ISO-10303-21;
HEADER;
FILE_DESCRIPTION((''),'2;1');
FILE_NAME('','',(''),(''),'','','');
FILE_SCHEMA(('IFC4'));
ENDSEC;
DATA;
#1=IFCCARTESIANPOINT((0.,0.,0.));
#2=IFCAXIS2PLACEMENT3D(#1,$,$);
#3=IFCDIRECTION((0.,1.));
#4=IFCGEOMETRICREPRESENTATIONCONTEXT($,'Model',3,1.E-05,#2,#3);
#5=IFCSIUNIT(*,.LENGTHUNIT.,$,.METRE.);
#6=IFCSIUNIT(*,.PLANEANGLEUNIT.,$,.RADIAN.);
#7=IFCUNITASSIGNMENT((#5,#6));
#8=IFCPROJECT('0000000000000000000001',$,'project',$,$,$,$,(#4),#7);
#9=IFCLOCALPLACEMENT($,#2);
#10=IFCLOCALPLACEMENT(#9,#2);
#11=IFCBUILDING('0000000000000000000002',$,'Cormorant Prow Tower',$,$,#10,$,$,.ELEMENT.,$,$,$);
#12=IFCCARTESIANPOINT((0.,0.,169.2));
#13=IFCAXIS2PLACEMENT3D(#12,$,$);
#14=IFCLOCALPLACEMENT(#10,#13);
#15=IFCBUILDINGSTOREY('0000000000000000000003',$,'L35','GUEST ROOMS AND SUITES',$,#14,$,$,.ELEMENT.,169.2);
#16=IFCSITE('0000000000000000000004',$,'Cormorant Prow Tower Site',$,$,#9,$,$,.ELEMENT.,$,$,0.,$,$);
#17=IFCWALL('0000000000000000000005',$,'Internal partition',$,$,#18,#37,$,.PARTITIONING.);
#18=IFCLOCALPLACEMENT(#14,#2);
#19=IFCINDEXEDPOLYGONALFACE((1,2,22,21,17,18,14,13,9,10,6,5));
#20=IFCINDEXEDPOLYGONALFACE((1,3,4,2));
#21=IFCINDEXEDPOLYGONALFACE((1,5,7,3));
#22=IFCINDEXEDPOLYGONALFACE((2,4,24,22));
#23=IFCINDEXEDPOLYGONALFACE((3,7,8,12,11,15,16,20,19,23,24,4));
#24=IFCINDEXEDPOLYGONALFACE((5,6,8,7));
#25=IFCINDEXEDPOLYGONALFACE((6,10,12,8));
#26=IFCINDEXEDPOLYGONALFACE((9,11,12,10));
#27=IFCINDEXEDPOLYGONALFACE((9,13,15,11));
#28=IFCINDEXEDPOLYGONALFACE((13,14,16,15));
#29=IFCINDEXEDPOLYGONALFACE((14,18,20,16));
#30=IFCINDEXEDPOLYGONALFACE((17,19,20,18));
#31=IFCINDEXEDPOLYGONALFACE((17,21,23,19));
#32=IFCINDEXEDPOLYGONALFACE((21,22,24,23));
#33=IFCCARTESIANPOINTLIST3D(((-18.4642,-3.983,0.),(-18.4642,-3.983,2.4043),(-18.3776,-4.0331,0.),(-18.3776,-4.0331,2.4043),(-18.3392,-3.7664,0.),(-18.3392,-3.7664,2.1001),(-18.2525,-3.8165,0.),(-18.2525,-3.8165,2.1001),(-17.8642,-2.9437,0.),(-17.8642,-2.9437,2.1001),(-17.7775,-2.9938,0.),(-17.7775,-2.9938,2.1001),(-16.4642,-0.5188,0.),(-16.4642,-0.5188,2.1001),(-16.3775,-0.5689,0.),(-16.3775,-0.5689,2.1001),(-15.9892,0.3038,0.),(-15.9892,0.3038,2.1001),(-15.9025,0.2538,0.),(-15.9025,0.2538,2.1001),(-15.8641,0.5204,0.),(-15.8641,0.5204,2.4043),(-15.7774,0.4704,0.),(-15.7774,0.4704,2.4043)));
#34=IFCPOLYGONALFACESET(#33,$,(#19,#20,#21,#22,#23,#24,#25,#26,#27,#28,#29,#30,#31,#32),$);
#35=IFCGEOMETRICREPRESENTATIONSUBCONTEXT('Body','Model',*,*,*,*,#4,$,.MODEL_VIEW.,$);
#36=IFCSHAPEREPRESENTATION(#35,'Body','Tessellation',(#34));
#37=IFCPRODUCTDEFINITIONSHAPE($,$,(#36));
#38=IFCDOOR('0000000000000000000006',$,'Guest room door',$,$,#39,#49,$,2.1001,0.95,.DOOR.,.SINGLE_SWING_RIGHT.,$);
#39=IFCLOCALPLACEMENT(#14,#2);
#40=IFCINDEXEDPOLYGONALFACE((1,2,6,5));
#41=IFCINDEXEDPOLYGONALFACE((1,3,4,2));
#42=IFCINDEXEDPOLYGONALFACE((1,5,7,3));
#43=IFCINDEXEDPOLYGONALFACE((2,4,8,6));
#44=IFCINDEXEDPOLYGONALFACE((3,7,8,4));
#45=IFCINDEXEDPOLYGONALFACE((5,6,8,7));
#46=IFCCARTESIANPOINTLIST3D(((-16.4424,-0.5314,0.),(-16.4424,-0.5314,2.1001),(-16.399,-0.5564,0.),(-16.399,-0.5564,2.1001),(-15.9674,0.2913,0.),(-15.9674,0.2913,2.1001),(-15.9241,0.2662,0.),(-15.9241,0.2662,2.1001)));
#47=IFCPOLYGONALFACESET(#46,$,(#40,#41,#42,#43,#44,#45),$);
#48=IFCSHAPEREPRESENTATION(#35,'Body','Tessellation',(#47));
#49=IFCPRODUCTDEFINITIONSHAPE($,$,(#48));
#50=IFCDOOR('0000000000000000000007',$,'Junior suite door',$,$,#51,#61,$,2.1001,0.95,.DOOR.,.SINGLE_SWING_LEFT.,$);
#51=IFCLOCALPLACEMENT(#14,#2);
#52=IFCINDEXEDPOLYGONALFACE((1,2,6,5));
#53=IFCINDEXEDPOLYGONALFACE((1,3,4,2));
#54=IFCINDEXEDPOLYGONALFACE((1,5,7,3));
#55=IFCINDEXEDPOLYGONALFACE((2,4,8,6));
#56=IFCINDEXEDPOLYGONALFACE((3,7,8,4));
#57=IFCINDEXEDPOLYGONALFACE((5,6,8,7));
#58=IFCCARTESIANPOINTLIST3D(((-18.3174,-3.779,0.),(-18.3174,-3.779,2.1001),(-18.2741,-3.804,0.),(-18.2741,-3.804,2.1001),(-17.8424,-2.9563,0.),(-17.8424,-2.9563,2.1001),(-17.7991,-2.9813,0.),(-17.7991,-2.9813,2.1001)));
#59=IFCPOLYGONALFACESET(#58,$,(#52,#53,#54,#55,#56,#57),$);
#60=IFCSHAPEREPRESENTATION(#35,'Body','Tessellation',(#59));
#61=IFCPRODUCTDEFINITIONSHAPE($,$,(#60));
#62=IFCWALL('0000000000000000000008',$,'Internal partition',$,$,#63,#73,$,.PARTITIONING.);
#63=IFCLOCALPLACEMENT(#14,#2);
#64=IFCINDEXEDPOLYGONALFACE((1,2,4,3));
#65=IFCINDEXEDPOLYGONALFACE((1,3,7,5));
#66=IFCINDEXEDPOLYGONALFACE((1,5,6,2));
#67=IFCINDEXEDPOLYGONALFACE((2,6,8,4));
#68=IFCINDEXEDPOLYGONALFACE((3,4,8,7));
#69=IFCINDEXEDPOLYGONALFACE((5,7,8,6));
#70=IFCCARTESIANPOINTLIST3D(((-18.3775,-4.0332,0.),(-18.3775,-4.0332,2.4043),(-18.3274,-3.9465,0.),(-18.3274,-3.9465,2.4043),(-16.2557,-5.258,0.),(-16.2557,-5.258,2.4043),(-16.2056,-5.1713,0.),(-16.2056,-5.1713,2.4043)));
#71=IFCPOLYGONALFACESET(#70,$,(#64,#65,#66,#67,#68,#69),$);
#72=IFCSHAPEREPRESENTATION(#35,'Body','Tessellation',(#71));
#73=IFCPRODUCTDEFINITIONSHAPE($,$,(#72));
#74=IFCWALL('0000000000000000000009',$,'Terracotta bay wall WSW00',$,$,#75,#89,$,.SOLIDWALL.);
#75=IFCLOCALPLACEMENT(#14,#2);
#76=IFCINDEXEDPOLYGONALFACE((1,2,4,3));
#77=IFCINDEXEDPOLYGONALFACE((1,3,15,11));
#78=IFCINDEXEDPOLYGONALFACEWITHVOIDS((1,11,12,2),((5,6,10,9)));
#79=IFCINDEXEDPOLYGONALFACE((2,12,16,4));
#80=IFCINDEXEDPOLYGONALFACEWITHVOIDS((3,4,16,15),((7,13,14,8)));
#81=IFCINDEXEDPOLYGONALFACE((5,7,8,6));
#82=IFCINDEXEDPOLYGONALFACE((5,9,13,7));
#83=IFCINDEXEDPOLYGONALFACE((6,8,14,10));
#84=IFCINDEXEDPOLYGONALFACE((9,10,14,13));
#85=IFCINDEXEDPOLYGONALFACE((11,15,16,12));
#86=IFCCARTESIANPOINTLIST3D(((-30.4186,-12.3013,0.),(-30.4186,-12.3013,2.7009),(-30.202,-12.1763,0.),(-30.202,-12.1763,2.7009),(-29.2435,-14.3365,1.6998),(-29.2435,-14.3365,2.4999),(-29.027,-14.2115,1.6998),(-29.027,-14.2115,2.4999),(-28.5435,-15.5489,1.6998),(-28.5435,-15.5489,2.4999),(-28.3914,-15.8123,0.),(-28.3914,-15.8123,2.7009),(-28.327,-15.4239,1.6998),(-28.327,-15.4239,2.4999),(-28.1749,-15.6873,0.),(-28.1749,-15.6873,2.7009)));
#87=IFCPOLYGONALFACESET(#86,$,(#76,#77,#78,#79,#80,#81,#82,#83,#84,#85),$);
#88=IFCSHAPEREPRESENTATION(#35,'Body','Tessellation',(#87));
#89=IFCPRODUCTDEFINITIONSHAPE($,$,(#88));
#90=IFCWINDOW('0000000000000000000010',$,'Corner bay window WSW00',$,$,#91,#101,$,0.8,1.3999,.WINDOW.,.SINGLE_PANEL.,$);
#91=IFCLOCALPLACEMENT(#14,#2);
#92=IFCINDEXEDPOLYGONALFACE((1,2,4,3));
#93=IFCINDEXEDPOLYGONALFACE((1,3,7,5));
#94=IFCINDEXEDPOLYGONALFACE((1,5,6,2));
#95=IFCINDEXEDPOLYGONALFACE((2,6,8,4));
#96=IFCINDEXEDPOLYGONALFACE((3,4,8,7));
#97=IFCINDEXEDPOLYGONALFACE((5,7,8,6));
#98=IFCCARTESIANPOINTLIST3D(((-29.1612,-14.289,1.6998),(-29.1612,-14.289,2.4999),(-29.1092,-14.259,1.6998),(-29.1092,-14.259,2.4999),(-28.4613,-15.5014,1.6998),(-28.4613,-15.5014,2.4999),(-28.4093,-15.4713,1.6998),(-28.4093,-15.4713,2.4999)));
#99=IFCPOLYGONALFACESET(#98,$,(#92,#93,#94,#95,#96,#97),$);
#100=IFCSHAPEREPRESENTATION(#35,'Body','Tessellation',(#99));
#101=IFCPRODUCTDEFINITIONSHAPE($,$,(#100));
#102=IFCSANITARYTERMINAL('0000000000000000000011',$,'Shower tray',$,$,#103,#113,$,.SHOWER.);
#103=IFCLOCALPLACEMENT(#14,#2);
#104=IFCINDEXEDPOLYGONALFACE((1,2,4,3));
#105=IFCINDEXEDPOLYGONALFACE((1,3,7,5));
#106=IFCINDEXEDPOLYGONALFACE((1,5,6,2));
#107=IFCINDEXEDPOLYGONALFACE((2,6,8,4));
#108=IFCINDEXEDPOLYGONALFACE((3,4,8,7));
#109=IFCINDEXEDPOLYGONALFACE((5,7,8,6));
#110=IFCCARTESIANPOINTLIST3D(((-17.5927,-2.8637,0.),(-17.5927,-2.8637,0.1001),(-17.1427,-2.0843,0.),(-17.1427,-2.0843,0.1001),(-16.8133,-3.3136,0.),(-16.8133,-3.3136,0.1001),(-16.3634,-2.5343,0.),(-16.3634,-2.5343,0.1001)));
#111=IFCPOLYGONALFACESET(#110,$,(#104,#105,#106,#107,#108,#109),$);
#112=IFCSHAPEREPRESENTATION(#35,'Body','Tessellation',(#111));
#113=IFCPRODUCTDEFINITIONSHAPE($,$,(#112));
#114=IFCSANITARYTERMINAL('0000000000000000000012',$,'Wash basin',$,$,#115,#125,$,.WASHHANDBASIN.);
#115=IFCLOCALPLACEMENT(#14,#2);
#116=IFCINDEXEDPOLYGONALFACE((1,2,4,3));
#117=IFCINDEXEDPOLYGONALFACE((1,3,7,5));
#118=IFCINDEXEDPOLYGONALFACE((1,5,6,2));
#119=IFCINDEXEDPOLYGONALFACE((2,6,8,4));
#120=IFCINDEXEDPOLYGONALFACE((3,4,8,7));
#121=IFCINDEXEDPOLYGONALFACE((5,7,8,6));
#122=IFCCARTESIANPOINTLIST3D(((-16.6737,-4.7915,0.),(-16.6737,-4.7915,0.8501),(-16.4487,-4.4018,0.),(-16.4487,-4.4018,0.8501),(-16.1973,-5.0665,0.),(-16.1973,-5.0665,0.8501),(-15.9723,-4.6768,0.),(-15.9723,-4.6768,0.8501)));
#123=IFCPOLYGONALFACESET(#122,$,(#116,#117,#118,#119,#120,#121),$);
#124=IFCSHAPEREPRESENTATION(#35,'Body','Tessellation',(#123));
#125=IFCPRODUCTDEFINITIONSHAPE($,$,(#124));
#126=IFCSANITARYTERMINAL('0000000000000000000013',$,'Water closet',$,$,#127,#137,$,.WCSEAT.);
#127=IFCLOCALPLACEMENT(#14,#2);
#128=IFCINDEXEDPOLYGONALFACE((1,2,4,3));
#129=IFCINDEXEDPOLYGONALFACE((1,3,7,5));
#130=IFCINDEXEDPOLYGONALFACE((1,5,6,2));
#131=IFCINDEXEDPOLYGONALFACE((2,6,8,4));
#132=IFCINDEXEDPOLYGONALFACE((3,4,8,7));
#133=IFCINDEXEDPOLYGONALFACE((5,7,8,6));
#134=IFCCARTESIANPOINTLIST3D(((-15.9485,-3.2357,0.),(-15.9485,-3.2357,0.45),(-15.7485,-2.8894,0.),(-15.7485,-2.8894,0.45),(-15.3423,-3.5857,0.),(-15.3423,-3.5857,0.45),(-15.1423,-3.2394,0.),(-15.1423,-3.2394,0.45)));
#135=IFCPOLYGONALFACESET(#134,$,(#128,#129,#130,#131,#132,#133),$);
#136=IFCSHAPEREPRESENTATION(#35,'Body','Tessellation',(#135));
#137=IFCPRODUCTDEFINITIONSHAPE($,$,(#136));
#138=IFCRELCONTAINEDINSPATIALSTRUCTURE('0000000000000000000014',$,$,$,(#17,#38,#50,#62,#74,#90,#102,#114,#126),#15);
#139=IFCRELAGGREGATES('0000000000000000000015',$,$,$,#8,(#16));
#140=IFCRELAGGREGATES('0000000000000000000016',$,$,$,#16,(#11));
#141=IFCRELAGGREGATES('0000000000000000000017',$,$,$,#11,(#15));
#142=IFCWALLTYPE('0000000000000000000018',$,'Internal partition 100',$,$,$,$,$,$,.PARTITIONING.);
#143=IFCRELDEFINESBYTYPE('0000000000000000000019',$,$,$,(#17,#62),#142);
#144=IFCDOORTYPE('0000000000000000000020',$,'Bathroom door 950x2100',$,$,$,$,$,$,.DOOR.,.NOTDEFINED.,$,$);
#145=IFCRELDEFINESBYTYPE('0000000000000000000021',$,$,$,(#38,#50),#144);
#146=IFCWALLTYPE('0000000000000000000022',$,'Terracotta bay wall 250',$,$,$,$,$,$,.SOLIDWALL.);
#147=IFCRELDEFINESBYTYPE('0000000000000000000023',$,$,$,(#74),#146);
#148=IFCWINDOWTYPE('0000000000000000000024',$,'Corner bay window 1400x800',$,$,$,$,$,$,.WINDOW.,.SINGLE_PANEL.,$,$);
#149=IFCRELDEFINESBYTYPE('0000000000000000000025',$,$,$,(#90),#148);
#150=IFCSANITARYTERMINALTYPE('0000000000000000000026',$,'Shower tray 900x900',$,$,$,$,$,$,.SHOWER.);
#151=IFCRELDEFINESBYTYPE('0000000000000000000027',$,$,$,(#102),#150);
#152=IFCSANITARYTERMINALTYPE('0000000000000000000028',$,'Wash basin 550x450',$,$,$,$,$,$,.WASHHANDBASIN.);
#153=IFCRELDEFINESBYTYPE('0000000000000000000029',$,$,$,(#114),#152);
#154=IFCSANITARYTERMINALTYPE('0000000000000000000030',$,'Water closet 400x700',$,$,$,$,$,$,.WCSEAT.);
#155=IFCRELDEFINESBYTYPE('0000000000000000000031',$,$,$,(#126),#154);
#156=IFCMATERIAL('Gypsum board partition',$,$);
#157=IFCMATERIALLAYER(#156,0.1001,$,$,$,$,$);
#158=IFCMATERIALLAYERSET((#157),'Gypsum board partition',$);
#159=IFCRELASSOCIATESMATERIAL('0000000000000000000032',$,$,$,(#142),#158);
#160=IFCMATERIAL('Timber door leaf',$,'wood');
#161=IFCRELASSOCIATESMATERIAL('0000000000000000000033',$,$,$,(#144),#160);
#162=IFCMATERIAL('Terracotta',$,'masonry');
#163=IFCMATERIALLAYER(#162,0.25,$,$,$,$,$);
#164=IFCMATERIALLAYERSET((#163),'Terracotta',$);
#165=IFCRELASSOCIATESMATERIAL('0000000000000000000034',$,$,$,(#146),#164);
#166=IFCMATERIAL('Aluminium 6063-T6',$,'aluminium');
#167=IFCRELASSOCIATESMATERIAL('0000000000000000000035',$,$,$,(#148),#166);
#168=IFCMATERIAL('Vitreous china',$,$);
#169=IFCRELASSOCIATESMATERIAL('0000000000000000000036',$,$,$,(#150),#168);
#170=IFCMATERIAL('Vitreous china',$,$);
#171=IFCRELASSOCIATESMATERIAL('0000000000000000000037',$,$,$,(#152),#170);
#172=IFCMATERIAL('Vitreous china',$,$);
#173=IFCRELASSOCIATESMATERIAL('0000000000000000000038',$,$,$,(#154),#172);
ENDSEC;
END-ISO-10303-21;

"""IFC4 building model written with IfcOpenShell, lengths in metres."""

from ifc_helpers import new_model, si_unit, direction, frame, frame_2d, origin, origin_2d, place, context, subcontext, project, spatial, rectangle, extrude, material, layer, layer_set, type_object, element, fill, save


model = new_model("IFC4")

# Units and contexts
model_context = context("Model", 3, precision=1e-05, world=origin(), true_north=direction((0.0, 1.0)))
body_context = subcontext(model_context, "Body", "Model", "MODEL_VIEW")
ifc_project = project(units=[si_unit("LENGTHUNIT", "METRE"), si_unit("PLANEANGLEUNIT", "RADIAN")], contexts=[model_context])

# Site, building, storey
site_placement = place(None, origin())
site = spatial("IfcSite", under=ifc_project, at=site_placement, Name="Cormorant Prow Tower Site", CompositionType="ELEMENT", RefElevation=0.0)
building_placement = place(site_placement, origin())
building = spatial("IfcBuilding", under=site, at=building_placement, Name="Cormorant Prow Tower", CompositionType="ELEMENT")
storey_placement = place(building_placement, frame((0.0, 0.0, 169.2)))
storey = spatial("IfcBuildingStorey", under=building, at=storey_placement, Name="L35", Description="GUEST ROOMS AND SUITES", CompositionType="ELEMENT", Elevation=169.2)

# Wall, openings, doors
ifc_material_1 = material(Name="Gypsum board partition")
ifc_layer_1 = layer(ifc_material_1, 0.1001)
ifc_layer_set_1 = layer_set([ifc_layer_1], Name="Gypsum board partition")
wall_type_1 = type_object("IfcWallType", Name="Internal partition 100", PredefinedType="PARTITIONING", material=ifc_layer_set_1)
wall_1_placement = place(storey_placement, frame((-18.4209, -4.0081, 0.0), z_axis=(0.0, 0.0, 1.0), x_axis=(0.500007, 0.866021, 0.0)))
wall_1 = element("IfcWall", 1, at=wall_1_placement, inside=storey, type_object=wall_type_1, Name="Internal partition", PredefinedType="PARTITIONING", context=body_context, shape_type="SweptSolid", body=[
    extrude(rectangle(XDim=5.2002, YDim=0.1001, at=frame_2d((2.6001, 0.0))), origin(), (0.0, 0.0, 1.0), 2.4043),
])
opening_1_placement = place(wall_1_placement, frame((4.0, 0.0, 0.0)))
opening_1 = element("IfcOpeningElement", 2, at=opening_1_placement, cuts=wall_1, PredefinedType="OPENING", context=body_context, shape_type="SweptSolid", body=[
    extrude(rectangle(XDim=0.95, YDim=2.1001, at=frame_2d((0.4751, 1.05))), frame((0.0, 0.0601, 0.0), z_axis=(0.0, -1.0, 0.0), x_axis=(1.0, 0.0, 0.0)), (0.0, 0.0, 1.0), 0.1201),
])
opening_2_placement = place(wall_1_placement, frame((0.25, 0.0, 0.0)))
opening_2 = element("IfcOpeningElement", 3, at=opening_2_placement, cuts=wall_1, PredefinedType="OPENING", context=body_context, shape_type="SweptSolid", body=[
    extrude(rectangle(XDim=0.95, YDim=2.1001, at=frame_2d((0.4751, 1.05))), frame((0.0, 0.0601, 0.0), z_axis=(0.0, -1.0, 0.0), x_axis=(1.0, 0.0, 0.0)), (0.0, 0.0, 1.0), 0.1201),
])
ifc_material_2 = material(Name="Timber door leaf", Category="wood")
door_type_1 = type_object("IfcDoorType", Name="Bathroom door 950x2100", OperationType="NOTDEFINED", PredefinedType="DOOR", material=ifc_material_2)
door_1_placement = place(opening_1_placement, origin())
door_1 = element("IfcDoor", 4, at=door_1_placement, inside=storey, type_object=door_type_1, Name="Guest room door", OperationType="SINGLE_SWING_RIGHT", OverallHeight=2.1001, OverallWidth=0.95, PredefinedType="DOOR", context=body_context, shape_type="SweptSolid", body=[
    extrude(rectangle(XDim=0.95, YDim=2.1001, at=frame_2d((0.4751, 1.05))), frame((0.0, 0.0249, 0.0), z_axis=(0.0, -1.0, 0.0), x_axis=(1.0, 0.0, 0.0)), (0.0, 0.0, 1.0), 0.05),
])
fill(opening_1, door_1)
door_2_placement = place(opening_2_placement, origin())
door_2 = element("IfcDoor", 5, at=door_2_placement, inside=storey, type_object=door_type_1, Name="Junior suite door", OperationType="SINGLE_SWING_LEFT", OverallHeight=2.1001, OverallWidth=0.95, PredefinedType="DOOR", context=body_context, shape_type="SweptSolid", body=[
    extrude(rectangle(XDim=0.95, YDim=2.1001, at=frame_2d((0.4751, 1.05))), frame((0.0, 0.0249, 0.0), z_axis=(0.0, -1.0, 0.0), x_axis=(1.0, 0.0, 0.0)), (0.0, 0.0, 1.0), 0.05),
])
fill(opening_2, door_2)

# Wall
wall_2_placement = place(storey_placement, frame((-18.3525, -3.9897, 0.0), z_axis=(0.0, 0.0, 1.0), x_axis=(0.866058, -0.499944, 0.0)))
element("IfcWall", 6, at=wall_2_placement, inside=storey, type_object=wall_type_1, Name="Internal partition", PredefinedType="PARTITIONING", context=body_context, shape_type="SweptSolid", body=[
    extrude(rectangle(XDim=2.45, YDim=0.1001, at=frame_2d((1.2251, 0.0))), origin(), (0.0, 0.0, 1.0), 2.4043),
])

# Wall, opening, window
ifc_material_3 = material(Name="Terracotta", Category="masonry")
ifc_layer_2 = layer(ifc_material_3, 0.25)
ifc_layer_set_2 = layer_set([ifc_layer_2], Name="Terracotta")
wall_type_2 = type_object("IfcWallType", Name="Terracotta bay wall 250", PredefinedType="SOLIDWALL", material=ifc_layer_set_2)
wall_3_placement = place(storey_placement, frame((-30.3103, -12.2388, 0.0), z_axis=(0.0, 0.0, 1.0), x_axis=(0.500006, -0.866022, 0.0)))
wall_3 = element("IfcWall", 7, at=wall_3_placement, inside=storey, type_object=wall_type_2, Name="Terracotta bay wall WSW00", PredefinedType="SOLIDWALL", context=body_context, shape_type="SweptSolid", body=[
    extrude(rectangle(XDim=4.0542, YDim=0.25, at=frame_2d((2.0271, 0.0))), origin(), (0.0, 0.0, 1.0), 2.7009),
])
opening_3_placement = place(wall_3_placement, frame((2.3501, 0.0, 1.7)))
opening_3 = element("IfcOpeningElement", 8, at=opening_3_placement, cuts=wall_3, PredefinedType="OPENING", context=body_context, shape_type="SweptSolid", body=[
    extrude(rectangle(XDim=1.3999, YDim=0.8, at=frame_2d((0.7, 0.3999))), frame((0.0, 0.135, 0.0), z_axis=(0.0, -1.0, 0.0), x_axis=(1.0, 0.0, 0.0)), (0.0, 0.0, 1.0), 0.27),
])
ifc_material_4 = material(Name="Aluminium 6063-T6", Category="aluminium")
window_type = type_object("IfcWindowType", Name="Corner bay window 1400x800", PartitioningType="SINGLE_PANEL", PredefinedType="WINDOW", material=ifc_material_4)
window_placement = place(opening_3_placement, origin())
window = element("IfcWindow", 9, at=window_placement, inside=storey, type_object=window_type, Name="Corner bay window WSW00", OverallHeight=0.8, OverallWidth=1.3999, PartitioningType="SINGLE_PANEL", PredefinedType="WINDOW", context=body_context, shape_type="SweptSolid", body=[
    extrude(rectangle(XDim=1.3999, YDim=0.8, at=frame_2d((0.7, 0.3999))), frame((0.0, 0.03, 0.0), z_axis=(0.0, -1.0, 0.0), x_axis=(1.0, 0.0, 0.0)), (0.0, 0.0, 1.0), 0.0601),
])
fill(opening_3, window)

# Sanitary terminals
ifc_material_5 = material(Name="Vitreous china")
sanitary_terminal_type_1 = type_object("IfcSanitaryTerminalType", Name="Shower tray 900x900", PredefinedType="SHOWER", material=ifc_material_5)
sanitary_terminal_1_placement = place(storey_placement, frame((-16.978, -2.699, 0.0), z_axis=(0.0, 0.0, 1.0), x_axis=(0.866025, -0.5, 0.0)))
element("IfcSanitaryTerminal", 10, at=sanitary_terminal_1_placement, inside=storey, type_object=sanitary_terminal_type_1, Name="Shower tray", PredefinedType="SHOWER", context=body_context, shape_type="SweptSolid", body=[
    extrude(rectangle(XDim=0.8999, YDim=0.8999, at=origin_2d()), origin(), (0.0, 0.0, 1.0), 0.1001),
])
ifc_material_6 = material(Name="Vitreous china")
sanitary_terminal_type_2 = type_object("IfcSanitaryTerminalType", Name="Wash basin 550x450", PredefinedType="WASHHANDBASIN", material=ifc_material_6)
sanitary_terminal_2_placement = place(storey_placement, frame((-16.323, -4.7341, 0.0), z_axis=(0.0, 0.0, 1.0), x_axis=(-0.866025, 0.5, 0.0)))
element("IfcSanitaryTerminal", 11, at=sanitary_terminal_2_placement, inside=storey, type_object=sanitary_terminal_type_2, Name="Wash basin", PredefinedType="WASHHANDBASIN", context=body_context, shape_type="SweptSolid", body=[
    extrude(rectangle(XDim=0.55, YDim=0.45, at=origin_2d()), origin(), (0.0, 0.0, 1.0), 0.8501),
])
ifc_material_7 = material(Name="Vitreous china")
sanitary_terminal_type_3 = type_object("IfcSanitaryTerminalType", Name="Water closet 400x700", PredefinedType="WCSEAT", material=ifc_material_7)
sanitary_terminal_3_placement = place(storey_placement, frame((-15.5454, -3.2375, 0.0), z_axis=(0.0, 0.0, 1.0), x_axis=(-0.5, -0.866025, 0.0)))
element("IfcSanitaryTerminal", 12, at=sanitary_terminal_3_placement, inside=storey, type_object=sanitary_terminal_type_3, Name="Water closet", PredefinedType="WCSEAT", context=body_context, shape_type="SweptSolid", body=[
    extrude(rectangle(XDim=0.3999, YDim=0.7, at=origin_2d()), origin(), (0.0, 0.0, 1.0), 0.45),
])

save(model, "model.ifc")
